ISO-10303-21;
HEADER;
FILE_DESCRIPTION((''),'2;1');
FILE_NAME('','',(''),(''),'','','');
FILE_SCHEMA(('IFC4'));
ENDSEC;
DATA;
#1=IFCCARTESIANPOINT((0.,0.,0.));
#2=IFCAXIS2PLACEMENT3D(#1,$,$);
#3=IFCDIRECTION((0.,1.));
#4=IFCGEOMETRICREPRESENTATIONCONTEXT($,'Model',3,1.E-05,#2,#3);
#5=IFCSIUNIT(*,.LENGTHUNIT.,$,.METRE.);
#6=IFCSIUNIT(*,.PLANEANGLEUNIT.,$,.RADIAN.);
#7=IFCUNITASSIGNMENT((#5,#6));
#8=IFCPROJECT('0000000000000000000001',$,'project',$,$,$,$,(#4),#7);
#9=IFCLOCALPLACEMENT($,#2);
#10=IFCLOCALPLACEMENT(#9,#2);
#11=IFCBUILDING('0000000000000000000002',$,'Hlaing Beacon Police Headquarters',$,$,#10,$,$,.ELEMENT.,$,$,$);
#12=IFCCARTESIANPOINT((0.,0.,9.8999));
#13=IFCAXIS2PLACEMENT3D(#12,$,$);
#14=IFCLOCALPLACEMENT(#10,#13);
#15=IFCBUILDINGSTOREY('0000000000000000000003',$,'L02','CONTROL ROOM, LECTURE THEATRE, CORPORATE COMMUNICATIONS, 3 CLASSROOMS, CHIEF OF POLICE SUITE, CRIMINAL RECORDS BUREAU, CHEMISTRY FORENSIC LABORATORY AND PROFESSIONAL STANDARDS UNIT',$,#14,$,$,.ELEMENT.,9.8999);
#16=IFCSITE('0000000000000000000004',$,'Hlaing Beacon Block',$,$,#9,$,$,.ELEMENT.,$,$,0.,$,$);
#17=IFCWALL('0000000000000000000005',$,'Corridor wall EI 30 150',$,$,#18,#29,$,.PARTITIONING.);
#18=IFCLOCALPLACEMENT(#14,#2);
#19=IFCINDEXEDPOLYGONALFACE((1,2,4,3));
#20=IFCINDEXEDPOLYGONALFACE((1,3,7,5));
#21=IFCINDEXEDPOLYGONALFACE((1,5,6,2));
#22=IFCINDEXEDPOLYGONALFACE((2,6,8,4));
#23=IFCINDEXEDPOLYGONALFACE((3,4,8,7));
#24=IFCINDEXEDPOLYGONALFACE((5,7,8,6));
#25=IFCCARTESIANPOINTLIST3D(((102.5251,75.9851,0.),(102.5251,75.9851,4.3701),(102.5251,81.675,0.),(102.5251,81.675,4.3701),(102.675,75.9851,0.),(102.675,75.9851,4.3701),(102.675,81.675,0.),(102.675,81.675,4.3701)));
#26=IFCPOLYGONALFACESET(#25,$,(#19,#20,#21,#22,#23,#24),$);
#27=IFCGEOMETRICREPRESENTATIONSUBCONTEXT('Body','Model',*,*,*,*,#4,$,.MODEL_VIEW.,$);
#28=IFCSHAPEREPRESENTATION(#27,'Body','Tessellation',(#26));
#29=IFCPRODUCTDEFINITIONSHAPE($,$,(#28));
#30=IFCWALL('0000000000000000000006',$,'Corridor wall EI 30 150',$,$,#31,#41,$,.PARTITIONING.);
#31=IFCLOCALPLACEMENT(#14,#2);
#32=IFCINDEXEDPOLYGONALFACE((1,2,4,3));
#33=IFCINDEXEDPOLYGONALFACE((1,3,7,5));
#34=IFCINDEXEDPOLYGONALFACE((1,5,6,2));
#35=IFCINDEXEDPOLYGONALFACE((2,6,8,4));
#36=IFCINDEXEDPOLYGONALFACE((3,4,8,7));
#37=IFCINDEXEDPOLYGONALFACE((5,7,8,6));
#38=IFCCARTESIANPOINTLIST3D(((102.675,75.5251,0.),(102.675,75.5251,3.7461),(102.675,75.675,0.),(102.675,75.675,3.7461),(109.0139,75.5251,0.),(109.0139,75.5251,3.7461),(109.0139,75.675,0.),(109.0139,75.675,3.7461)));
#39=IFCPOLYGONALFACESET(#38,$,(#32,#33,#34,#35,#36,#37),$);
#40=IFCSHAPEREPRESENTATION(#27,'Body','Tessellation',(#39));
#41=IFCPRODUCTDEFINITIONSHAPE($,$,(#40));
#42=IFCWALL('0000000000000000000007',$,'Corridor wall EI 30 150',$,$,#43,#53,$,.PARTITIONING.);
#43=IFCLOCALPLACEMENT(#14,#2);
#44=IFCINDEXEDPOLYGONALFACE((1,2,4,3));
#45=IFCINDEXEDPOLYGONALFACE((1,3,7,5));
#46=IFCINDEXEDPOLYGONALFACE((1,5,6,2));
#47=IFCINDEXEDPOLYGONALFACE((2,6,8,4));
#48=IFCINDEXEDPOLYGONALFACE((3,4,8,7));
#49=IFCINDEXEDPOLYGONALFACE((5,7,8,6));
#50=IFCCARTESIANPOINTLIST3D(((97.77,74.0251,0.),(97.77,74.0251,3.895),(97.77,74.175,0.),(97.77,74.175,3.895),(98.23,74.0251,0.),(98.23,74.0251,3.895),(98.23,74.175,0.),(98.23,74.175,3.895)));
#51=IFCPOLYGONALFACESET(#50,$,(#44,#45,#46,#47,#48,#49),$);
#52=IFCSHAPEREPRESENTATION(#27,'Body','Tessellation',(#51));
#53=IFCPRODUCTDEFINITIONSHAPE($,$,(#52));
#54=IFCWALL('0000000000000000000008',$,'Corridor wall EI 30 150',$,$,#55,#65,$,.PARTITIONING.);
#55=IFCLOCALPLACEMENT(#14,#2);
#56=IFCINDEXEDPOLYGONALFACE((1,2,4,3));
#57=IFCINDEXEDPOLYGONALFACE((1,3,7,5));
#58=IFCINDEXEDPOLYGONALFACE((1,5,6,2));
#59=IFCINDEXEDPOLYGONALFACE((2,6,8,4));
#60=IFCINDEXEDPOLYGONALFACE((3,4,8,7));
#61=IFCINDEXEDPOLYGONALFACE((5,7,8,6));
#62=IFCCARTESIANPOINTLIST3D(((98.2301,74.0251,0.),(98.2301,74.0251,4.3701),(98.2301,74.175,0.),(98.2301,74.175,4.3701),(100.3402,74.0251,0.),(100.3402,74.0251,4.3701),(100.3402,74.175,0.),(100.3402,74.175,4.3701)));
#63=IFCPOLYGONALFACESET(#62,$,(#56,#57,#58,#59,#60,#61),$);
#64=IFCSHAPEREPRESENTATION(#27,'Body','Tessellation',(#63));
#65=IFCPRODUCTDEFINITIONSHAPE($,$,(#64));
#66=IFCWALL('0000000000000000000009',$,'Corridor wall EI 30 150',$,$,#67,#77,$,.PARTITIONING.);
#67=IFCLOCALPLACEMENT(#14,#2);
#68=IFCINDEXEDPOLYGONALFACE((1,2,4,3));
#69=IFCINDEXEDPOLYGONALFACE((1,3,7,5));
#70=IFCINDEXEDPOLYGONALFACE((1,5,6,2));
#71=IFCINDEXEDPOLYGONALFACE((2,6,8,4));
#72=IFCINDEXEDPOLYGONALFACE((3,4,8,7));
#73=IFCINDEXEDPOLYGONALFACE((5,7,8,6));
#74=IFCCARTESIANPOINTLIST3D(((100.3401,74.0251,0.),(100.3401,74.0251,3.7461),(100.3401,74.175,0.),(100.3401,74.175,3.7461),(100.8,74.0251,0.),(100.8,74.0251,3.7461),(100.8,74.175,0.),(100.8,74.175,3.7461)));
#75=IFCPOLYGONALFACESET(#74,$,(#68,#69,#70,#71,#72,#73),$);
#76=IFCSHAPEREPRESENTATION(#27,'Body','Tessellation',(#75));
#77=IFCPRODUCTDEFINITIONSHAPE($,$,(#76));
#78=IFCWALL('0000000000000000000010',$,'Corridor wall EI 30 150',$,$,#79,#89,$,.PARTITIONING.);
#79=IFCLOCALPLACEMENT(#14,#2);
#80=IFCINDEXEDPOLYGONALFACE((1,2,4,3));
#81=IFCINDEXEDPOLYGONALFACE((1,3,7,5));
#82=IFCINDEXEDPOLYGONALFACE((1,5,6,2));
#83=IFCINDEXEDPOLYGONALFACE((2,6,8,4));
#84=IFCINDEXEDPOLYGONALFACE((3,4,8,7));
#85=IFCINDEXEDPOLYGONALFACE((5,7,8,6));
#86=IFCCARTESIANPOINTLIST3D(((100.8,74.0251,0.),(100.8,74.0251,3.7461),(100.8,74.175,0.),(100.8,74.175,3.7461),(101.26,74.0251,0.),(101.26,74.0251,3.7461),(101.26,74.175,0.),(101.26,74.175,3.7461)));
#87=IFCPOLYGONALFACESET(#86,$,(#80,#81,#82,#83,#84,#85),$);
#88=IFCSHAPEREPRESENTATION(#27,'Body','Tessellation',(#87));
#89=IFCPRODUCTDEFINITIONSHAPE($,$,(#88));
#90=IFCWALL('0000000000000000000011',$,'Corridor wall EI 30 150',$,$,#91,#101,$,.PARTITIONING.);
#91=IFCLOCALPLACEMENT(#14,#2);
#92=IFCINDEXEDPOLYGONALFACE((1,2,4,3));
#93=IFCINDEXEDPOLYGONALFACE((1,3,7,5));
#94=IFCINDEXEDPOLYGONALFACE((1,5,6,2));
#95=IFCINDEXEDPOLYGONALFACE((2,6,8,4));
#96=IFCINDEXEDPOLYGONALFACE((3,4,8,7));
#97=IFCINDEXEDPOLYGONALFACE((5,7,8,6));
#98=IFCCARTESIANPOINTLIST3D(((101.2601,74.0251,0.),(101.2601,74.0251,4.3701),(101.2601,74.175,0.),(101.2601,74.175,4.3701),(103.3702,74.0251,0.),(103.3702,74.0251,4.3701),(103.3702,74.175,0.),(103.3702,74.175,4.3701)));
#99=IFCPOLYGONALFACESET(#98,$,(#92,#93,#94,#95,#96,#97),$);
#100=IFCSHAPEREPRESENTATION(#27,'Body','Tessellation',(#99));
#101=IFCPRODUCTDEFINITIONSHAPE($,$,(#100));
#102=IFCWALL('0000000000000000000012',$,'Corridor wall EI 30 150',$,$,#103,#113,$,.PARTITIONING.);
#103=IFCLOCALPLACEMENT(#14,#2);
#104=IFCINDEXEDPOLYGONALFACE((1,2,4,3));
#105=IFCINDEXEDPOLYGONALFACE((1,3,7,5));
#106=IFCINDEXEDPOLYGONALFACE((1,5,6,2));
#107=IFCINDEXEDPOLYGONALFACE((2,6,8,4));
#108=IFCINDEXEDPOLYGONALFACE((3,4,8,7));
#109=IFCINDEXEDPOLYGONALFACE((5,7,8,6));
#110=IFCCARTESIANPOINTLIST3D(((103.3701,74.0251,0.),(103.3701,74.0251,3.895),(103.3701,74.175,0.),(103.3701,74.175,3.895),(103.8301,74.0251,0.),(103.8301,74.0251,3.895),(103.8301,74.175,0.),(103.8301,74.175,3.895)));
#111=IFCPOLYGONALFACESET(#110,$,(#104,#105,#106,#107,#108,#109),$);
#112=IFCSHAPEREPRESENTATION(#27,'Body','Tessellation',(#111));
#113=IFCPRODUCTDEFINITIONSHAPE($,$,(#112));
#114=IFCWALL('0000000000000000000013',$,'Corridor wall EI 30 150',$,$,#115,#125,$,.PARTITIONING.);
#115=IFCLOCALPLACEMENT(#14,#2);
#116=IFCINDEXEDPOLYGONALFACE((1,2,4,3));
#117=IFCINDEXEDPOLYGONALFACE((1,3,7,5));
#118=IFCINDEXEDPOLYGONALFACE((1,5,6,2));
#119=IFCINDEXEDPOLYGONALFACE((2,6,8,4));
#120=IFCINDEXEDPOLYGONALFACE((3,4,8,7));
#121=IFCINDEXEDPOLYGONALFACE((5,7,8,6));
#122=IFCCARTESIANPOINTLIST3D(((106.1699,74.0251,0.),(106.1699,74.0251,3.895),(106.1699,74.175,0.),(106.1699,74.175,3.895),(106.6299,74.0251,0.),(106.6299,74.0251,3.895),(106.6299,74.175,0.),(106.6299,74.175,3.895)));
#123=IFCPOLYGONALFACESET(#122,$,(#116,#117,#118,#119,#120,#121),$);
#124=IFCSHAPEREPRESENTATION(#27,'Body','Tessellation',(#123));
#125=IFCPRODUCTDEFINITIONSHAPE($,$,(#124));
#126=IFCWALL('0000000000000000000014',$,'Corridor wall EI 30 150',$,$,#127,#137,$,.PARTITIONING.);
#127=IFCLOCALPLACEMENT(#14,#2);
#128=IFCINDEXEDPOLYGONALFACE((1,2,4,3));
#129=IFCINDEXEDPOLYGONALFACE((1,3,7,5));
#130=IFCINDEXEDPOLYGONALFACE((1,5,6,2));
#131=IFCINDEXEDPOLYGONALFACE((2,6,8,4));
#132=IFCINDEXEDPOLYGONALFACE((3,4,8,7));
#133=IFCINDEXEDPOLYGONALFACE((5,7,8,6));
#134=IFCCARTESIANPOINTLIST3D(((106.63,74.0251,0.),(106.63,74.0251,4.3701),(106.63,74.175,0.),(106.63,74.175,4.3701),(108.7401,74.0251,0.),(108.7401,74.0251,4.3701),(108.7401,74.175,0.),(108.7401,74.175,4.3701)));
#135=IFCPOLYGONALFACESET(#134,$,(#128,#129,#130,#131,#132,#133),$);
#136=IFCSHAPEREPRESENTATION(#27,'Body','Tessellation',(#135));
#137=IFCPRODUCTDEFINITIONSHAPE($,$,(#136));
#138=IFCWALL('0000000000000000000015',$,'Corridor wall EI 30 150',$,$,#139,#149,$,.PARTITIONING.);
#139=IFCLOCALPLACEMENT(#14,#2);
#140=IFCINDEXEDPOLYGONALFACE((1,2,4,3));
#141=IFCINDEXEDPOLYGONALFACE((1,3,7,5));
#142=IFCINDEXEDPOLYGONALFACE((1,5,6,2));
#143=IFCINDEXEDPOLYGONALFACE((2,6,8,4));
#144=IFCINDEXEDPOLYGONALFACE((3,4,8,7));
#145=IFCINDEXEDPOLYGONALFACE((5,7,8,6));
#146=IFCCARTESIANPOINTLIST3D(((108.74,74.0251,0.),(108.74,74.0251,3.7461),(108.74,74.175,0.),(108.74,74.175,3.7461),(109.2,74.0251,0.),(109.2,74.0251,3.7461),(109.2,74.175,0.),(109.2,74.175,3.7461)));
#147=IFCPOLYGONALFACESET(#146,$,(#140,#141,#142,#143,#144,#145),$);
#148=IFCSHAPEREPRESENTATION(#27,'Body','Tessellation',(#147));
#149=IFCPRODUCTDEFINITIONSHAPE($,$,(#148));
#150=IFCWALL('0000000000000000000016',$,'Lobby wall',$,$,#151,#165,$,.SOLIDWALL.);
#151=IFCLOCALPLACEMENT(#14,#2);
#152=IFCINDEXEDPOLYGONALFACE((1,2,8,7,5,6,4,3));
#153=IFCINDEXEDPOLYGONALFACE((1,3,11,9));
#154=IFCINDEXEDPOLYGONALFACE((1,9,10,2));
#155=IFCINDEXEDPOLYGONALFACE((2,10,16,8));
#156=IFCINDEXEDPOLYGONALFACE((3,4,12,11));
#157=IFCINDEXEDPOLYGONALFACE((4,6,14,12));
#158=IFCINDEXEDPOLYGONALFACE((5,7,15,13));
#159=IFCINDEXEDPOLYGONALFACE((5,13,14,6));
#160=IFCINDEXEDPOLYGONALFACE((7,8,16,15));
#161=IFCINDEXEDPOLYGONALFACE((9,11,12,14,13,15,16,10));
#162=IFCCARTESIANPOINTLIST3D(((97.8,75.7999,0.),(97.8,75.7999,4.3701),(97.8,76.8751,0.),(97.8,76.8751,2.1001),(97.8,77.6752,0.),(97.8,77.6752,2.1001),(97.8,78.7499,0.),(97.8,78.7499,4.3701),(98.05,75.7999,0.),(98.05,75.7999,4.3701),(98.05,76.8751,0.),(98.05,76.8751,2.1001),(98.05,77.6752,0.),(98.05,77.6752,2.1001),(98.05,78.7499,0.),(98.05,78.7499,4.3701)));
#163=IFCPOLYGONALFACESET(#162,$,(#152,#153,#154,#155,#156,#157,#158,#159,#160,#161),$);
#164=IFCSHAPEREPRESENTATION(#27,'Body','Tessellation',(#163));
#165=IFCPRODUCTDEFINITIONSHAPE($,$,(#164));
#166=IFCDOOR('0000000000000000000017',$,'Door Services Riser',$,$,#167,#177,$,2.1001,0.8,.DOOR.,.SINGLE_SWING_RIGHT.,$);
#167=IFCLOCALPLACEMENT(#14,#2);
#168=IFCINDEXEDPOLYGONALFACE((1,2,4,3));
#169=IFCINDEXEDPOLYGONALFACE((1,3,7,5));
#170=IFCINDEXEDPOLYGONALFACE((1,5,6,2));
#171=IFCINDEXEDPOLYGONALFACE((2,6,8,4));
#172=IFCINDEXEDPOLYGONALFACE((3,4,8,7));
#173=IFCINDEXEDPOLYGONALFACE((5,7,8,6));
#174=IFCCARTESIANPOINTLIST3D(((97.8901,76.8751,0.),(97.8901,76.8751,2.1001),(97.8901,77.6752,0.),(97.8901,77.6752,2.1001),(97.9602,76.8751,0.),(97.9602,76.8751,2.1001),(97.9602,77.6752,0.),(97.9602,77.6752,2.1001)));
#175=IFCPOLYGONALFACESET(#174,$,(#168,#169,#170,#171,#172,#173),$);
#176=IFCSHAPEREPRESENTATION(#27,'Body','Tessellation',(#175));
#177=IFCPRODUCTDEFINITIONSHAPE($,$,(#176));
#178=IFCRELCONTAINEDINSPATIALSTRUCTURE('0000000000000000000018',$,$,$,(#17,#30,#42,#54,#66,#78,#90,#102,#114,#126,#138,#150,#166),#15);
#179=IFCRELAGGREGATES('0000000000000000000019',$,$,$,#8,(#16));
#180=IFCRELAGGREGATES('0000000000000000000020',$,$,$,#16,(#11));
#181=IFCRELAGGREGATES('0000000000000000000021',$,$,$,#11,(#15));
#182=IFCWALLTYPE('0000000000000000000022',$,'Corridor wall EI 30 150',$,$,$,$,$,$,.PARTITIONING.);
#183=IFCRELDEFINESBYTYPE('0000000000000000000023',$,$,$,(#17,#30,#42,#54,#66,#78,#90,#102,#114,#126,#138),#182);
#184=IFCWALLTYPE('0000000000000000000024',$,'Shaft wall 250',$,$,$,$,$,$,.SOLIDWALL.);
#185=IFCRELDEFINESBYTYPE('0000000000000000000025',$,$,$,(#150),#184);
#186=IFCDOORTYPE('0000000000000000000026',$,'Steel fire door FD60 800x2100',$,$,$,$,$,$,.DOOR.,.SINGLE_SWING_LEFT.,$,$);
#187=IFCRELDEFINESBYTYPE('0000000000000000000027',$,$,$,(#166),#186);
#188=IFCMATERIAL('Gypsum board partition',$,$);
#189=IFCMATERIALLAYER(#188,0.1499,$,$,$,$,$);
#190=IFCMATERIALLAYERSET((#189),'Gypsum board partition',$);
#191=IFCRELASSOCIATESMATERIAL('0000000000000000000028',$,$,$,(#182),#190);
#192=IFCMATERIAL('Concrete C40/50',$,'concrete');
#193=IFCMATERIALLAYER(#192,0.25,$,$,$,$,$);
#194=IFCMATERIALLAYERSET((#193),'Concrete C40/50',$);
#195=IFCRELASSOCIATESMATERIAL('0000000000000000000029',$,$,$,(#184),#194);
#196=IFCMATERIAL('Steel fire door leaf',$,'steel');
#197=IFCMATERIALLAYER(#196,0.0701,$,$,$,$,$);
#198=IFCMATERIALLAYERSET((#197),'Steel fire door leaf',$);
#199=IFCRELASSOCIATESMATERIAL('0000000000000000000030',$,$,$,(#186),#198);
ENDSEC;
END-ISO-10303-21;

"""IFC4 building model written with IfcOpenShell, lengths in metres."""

from ifc_helpers import new_model, si_unit, direction, frame, frame_2d, origin, place, context, subcontext, project, spatial, rectangle, extrude, material, layer, layer_set, type_object, element, fill, save


model = new_model("IFC4")

# Units and contexts
model_context = context("Model", 3, precision=1e-05, world=origin(), true_north=direction((0.0, 1.0)))
body_context = subcontext(model_context, "Body", "Model", "MODEL_VIEW")
ifc_project = project(units=[si_unit("LENGTHUNIT", "METRE"), si_unit("PLANEANGLEUNIT", "RADIAN")], contexts=[model_context])

# Site, building, storey
site_placement = place(None, origin())
site = spatial("IfcSite", under=ifc_project, at=site_placement, Name="Hlaing Beacon Block", CompositionType="ELEMENT", RefElevation=0.0)
building_placement = place(site_placement, origin())
building = spatial("IfcBuilding", under=site, at=building_placement, Name="Hlaing Beacon Police Headquarters", CompositionType="ELEMENT")
storey_placement = place(building_placement, frame((0.0, 0.0, 9.8999)))
storey = spatial("IfcBuildingStorey", under=building, at=storey_placement, Name="L02", Description="CONTROL ROOM, LECTURE THEATRE, CORPORATE COMMUNICATIONS, 3 CLASSROOMS, CHIEF OF POLICE SUITE, CRIMINAL RECORDS BUREAU, CHEMISTRY FORENSIC LABORATORY AND PROFESSIONAL STANDARDS UNIT", CompositionType="ELEMENT", Elevation=9.8999)

# Walls
ifc_material_1 = material(Name="Gypsum board partition")
ifc_layer_1 = layer(ifc_material_1, 0.1499)
ifc_layer_set_1 = layer_set([ifc_layer_1], Name="Gypsum board partition")
wall_type_1 = type_object("IfcWallType", Name="Corridor wall EI 30 150", PredefinedType="PARTITIONING", material=ifc_layer_set_1)
wall_1_placement = place(storey_placement, frame((102.6001, 75.9851, 0.0), z_axis=(0.0, 0.0, 1.0), x_axis=(0.0, 1.0, 0.0)))
element("IfcWall", 1, at=wall_1_placement, inside=storey, type_object=wall_type_1, Name="Corridor wall EI 30 150", PredefinedType="PARTITIONING", context=body_context, shape_type="SweptSolid", body=[
    extrude(rectangle(XDim=5.6899, YDim=0.1499, at=frame_2d((2.845, 0.0))), origin(), (0.0, 0.0, 1.0), 4.3701),
])
wall_2_placement = place(storey_placement, frame((102.675, 75.6001, 0.0), z_axis=(0.0, 0.0, 1.0), x_axis=(1.0, 0.0, 0.0)))
element("IfcWall", 2, at=wall_2_placement, inside=storey, type_object=wall_type_1, Name="Corridor wall EI 30 150", PredefinedType="PARTITIONING", context=body_context, shape_type="SweptSolid", body=[
    extrude(rectangle(XDim=6.3389, YDim=0.1499, at=frame_2d((3.1694, 0.0))), origin(), (0.0, 0.0, 1.0), 3.7461),
])
wall_3_placement = place(storey_placement, frame((97.77, 74.1001, 0.0), z_axis=(0.0, 0.0, 1.0), x_axis=(1.0, 0.0, 0.0)))
element("IfcWall", 3, at=wall_3_placement, inside=storey, type_object=wall_type_1, Name="Corridor wall EI 30 150", PredefinedType="PARTITIONING", context=body_context, shape_type="SweptSolid", body=[
    extrude(rectangle(XDim=0.46, YDim=0.1499, at=frame_2d((0.23, 0.0))), origin(), (0.0, 0.0, 1.0), 3.895),
])
wall_4_placement = place(storey_placement, frame((98.23, 74.1001, 0.0), z_axis=(0.0, 0.0, 1.0), x_axis=(1.0, 0.0, 0.0)))
element("IfcWall", 4, at=wall_4_placement, inside=storey, type_object=wall_type_1, Name="Corridor wall EI 30 150", PredefinedType="PARTITIONING", context=body_context, shape_type="SweptSolid", body=[
    extrude(rectangle(XDim=2.1101, YDim=0.1499, at=frame_2d((1.0552, 0.0))), origin(), (0.0, 0.0, 1.0), 4.3701),
])
for number, where, z_axis, x_axis, name in (
    (5, (100.3401, 74.1001, 0.0), (0.0, 0.0, 1.0), (1.0, 0.0, 0.0), "Corridor wall EI 30 150"),
    (6, (100.8, 74.1001, 0.0), (0.0, 0.0, 1.0), (1.0, 0.0, 0.0), "Corridor wall EI 30 150"),
):
    element("IfcWall", number, at=place(storey_placement, frame(where, z_axis=z_axis, x_axis=x_axis)), inside=storey, type_object=wall_type_1, Name=name, PredefinedType="PARTITIONING", context=body_context, shape_type="SweptSolid", body=[
        extrude(rectangle(XDim=0.46, YDim=0.1499, at=frame_2d((0.23, 0.0))), origin(), (0.0, 0.0, 1.0), 3.7461),
    ])
wall_5_placement = place(storey_placement, frame((101.26, 74.1001, 0.0), z_axis=(0.0, 0.0, 1.0), x_axis=(1.0, 0.0, 0.0)))
element("IfcWall", 7, at=wall_5_placement, inside=storey, type_object=wall_type_1, Name="Corridor wall EI 30 150", PredefinedType="PARTITIONING", context=body_context, shape_type="SweptSolid", body=[
    extrude(rectangle(XDim=2.1101, YDim=0.1499, at=frame_2d((1.0552, 0.0))), origin(), (0.0, 0.0, 1.0), 4.3701),
])
wall_6_placement = place(storey_placement, frame((103.3701, 74.1001, 0.0), z_axis=(0.0, 0.0, 1.0), x_axis=(1.0, 0.0, 0.0)))
element("IfcWall", 8, at=wall_6_placement, inside=storey, type_object=wall_type_1, Name="Corridor wall EI 30 150", PredefinedType="PARTITIONING", context=body_context, shape_type="SweptSolid", body=[
    extrude(rectangle(XDim=0.46, YDim=0.1499, at=frame_2d((0.23, 0.0))), origin(), (0.0, 0.0, 1.0), 3.895),
])

# Walls
wall_7_placement = place(storey_placement, frame((106.1699, 74.1001, 0.0), z_axis=(0.0, 0.0, 1.0), x_axis=(1.0, 0.0, 0.0)))
element("IfcWall", 9, at=wall_7_placement, inside=storey, type_object=wall_type_1, Name="Corridor wall EI 30 150", PredefinedType="PARTITIONING", context=body_context, shape_type="SweptSolid", body=[
    extrude(rectangle(XDim=0.46, YDim=0.1499, at=frame_2d((0.23, 0.0))), origin(), (0.0, 0.0, 1.0), 3.895),
])
wall_8_placement = place(storey_placement, frame((106.6299, 74.1001, 0.0), z_axis=(0.0, 0.0, 1.0), x_axis=(1.0, 0.0, 0.0)))
element("IfcWall", 10, at=wall_8_placement, inside=storey, type_object=wall_type_1, Name="Corridor wall EI 30 150", PredefinedType="PARTITIONING", context=body_context, shape_type="SweptSolid", body=[
    extrude(rectangle(XDim=2.1101, YDim=0.1499, at=frame_2d((1.0552, 0.0))), origin(), (0.0, 0.0, 1.0), 4.3701),
])
wall_9_placement = place(storey_placement, frame((108.74, 74.1001, 0.0), z_axis=(0.0, 0.0, 1.0), x_axis=(1.0, 0.0, 0.0)))
element("IfcWall", 11, at=wall_9_placement, inside=storey, type_object=wall_type_1, Name="Corridor wall EI 30 150", PredefinedType="PARTITIONING", context=body_context, shape_type="SweptSolid", body=[
    extrude(rectangle(XDim=0.46, YDim=0.1499, at=frame_2d((0.23, 0.0))), origin(), (0.0, 0.0, 1.0), 3.7461),
])

# Wall, opening, door
ifc_material_2 = material(Name="Concrete C40/50", Category="concrete")
ifc_layer_2 = layer(ifc_material_2, 0.25)
ifc_layer_set_2 = layer_set([ifc_layer_2], Name="Concrete C40/50")
wall_type_2 = type_object("IfcWallType", Name="Shaft wall 250", PredefinedType="SOLIDWALL", material=ifc_layer_set_2)
wall_10_placement = place(storey_placement, frame((97.925, 78.75, 0.0), z_axis=(0.0, 0.0, 1.0), x_axis=(0.0, -1.0, 0.0)))
wall_10 = element("IfcWall", 12, at=wall_10_placement, inside=storey, type_object=wall_type_2, Name="Lobby wall", PredefinedType="SOLIDWALL", context=body_context, shape_type="SweptSolid", body=[
    extrude(rectangle(XDim=2.95, YDim=0.25, at=frame_2d((1.4751, 0.0))), origin(), (0.0, 0.0, 1.0), 4.3701),
])
opening_1_placement = place(wall_10_placement, frame((1.075, 0.0, 0.0)))
opening_1 = element("IfcOpeningElement", 13, at=opening_1_placement, cuts=wall_10, PredefinedType="OPENING", context=body_context, shape_type="SweptSolid", body=[
    extrude(rectangle(XDim=0.8, YDim=2.1001, at=frame_2d((0.3999, 1.05))), frame((0.0, 0.135, 0.0), z_axis=(0.0, -1.0, 0.0), x_axis=(1.0, 0.0, 0.0)), (0.0, 0.0, 1.0), 0.27),
])
ifc_material_3 = material(Name="Steel fire door leaf", Category="steel")
ifc_layer_3 = layer(ifc_material_3, 0.0701)
ifc_layer_set_3 = layer_set([ifc_layer_3], Name="Steel fire door leaf")
door_type_1 = type_object("IfcDoorType", Name="Steel fire door FD60 800x2100", OperationType="SINGLE_SWING_LEFT", PredefinedType="DOOR", material=ifc_layer_set_3)
door_1_placement = place(opening_1_placement, origin())
door_1 = element("IfcDoor", 14, at=door_1_placement, inside=storey, type_object=door_type_1, Name="Door Services Riser", OperationType="SINGLE_SWING_RIGHT", OverallHeight=2.1001, OverallWidth=0.8, PredefinedType="DOOR", context=body_context, shape_type="SweptSolid", body=[
    extrude(rectangle(XDim=0.8, YDim=2.1001, at=frame_2d((0.3999, 1.05))), frame((0.0, 0.0352, 0.0), z_axis=(0.0, -1.0, 0.0), x_axis=(1.0, 0.0, 0.0)), (0.0, 0.0, 1.0), 0.0701),
])
fill(opening_1, door_1)

save(model, "model.ifc")
